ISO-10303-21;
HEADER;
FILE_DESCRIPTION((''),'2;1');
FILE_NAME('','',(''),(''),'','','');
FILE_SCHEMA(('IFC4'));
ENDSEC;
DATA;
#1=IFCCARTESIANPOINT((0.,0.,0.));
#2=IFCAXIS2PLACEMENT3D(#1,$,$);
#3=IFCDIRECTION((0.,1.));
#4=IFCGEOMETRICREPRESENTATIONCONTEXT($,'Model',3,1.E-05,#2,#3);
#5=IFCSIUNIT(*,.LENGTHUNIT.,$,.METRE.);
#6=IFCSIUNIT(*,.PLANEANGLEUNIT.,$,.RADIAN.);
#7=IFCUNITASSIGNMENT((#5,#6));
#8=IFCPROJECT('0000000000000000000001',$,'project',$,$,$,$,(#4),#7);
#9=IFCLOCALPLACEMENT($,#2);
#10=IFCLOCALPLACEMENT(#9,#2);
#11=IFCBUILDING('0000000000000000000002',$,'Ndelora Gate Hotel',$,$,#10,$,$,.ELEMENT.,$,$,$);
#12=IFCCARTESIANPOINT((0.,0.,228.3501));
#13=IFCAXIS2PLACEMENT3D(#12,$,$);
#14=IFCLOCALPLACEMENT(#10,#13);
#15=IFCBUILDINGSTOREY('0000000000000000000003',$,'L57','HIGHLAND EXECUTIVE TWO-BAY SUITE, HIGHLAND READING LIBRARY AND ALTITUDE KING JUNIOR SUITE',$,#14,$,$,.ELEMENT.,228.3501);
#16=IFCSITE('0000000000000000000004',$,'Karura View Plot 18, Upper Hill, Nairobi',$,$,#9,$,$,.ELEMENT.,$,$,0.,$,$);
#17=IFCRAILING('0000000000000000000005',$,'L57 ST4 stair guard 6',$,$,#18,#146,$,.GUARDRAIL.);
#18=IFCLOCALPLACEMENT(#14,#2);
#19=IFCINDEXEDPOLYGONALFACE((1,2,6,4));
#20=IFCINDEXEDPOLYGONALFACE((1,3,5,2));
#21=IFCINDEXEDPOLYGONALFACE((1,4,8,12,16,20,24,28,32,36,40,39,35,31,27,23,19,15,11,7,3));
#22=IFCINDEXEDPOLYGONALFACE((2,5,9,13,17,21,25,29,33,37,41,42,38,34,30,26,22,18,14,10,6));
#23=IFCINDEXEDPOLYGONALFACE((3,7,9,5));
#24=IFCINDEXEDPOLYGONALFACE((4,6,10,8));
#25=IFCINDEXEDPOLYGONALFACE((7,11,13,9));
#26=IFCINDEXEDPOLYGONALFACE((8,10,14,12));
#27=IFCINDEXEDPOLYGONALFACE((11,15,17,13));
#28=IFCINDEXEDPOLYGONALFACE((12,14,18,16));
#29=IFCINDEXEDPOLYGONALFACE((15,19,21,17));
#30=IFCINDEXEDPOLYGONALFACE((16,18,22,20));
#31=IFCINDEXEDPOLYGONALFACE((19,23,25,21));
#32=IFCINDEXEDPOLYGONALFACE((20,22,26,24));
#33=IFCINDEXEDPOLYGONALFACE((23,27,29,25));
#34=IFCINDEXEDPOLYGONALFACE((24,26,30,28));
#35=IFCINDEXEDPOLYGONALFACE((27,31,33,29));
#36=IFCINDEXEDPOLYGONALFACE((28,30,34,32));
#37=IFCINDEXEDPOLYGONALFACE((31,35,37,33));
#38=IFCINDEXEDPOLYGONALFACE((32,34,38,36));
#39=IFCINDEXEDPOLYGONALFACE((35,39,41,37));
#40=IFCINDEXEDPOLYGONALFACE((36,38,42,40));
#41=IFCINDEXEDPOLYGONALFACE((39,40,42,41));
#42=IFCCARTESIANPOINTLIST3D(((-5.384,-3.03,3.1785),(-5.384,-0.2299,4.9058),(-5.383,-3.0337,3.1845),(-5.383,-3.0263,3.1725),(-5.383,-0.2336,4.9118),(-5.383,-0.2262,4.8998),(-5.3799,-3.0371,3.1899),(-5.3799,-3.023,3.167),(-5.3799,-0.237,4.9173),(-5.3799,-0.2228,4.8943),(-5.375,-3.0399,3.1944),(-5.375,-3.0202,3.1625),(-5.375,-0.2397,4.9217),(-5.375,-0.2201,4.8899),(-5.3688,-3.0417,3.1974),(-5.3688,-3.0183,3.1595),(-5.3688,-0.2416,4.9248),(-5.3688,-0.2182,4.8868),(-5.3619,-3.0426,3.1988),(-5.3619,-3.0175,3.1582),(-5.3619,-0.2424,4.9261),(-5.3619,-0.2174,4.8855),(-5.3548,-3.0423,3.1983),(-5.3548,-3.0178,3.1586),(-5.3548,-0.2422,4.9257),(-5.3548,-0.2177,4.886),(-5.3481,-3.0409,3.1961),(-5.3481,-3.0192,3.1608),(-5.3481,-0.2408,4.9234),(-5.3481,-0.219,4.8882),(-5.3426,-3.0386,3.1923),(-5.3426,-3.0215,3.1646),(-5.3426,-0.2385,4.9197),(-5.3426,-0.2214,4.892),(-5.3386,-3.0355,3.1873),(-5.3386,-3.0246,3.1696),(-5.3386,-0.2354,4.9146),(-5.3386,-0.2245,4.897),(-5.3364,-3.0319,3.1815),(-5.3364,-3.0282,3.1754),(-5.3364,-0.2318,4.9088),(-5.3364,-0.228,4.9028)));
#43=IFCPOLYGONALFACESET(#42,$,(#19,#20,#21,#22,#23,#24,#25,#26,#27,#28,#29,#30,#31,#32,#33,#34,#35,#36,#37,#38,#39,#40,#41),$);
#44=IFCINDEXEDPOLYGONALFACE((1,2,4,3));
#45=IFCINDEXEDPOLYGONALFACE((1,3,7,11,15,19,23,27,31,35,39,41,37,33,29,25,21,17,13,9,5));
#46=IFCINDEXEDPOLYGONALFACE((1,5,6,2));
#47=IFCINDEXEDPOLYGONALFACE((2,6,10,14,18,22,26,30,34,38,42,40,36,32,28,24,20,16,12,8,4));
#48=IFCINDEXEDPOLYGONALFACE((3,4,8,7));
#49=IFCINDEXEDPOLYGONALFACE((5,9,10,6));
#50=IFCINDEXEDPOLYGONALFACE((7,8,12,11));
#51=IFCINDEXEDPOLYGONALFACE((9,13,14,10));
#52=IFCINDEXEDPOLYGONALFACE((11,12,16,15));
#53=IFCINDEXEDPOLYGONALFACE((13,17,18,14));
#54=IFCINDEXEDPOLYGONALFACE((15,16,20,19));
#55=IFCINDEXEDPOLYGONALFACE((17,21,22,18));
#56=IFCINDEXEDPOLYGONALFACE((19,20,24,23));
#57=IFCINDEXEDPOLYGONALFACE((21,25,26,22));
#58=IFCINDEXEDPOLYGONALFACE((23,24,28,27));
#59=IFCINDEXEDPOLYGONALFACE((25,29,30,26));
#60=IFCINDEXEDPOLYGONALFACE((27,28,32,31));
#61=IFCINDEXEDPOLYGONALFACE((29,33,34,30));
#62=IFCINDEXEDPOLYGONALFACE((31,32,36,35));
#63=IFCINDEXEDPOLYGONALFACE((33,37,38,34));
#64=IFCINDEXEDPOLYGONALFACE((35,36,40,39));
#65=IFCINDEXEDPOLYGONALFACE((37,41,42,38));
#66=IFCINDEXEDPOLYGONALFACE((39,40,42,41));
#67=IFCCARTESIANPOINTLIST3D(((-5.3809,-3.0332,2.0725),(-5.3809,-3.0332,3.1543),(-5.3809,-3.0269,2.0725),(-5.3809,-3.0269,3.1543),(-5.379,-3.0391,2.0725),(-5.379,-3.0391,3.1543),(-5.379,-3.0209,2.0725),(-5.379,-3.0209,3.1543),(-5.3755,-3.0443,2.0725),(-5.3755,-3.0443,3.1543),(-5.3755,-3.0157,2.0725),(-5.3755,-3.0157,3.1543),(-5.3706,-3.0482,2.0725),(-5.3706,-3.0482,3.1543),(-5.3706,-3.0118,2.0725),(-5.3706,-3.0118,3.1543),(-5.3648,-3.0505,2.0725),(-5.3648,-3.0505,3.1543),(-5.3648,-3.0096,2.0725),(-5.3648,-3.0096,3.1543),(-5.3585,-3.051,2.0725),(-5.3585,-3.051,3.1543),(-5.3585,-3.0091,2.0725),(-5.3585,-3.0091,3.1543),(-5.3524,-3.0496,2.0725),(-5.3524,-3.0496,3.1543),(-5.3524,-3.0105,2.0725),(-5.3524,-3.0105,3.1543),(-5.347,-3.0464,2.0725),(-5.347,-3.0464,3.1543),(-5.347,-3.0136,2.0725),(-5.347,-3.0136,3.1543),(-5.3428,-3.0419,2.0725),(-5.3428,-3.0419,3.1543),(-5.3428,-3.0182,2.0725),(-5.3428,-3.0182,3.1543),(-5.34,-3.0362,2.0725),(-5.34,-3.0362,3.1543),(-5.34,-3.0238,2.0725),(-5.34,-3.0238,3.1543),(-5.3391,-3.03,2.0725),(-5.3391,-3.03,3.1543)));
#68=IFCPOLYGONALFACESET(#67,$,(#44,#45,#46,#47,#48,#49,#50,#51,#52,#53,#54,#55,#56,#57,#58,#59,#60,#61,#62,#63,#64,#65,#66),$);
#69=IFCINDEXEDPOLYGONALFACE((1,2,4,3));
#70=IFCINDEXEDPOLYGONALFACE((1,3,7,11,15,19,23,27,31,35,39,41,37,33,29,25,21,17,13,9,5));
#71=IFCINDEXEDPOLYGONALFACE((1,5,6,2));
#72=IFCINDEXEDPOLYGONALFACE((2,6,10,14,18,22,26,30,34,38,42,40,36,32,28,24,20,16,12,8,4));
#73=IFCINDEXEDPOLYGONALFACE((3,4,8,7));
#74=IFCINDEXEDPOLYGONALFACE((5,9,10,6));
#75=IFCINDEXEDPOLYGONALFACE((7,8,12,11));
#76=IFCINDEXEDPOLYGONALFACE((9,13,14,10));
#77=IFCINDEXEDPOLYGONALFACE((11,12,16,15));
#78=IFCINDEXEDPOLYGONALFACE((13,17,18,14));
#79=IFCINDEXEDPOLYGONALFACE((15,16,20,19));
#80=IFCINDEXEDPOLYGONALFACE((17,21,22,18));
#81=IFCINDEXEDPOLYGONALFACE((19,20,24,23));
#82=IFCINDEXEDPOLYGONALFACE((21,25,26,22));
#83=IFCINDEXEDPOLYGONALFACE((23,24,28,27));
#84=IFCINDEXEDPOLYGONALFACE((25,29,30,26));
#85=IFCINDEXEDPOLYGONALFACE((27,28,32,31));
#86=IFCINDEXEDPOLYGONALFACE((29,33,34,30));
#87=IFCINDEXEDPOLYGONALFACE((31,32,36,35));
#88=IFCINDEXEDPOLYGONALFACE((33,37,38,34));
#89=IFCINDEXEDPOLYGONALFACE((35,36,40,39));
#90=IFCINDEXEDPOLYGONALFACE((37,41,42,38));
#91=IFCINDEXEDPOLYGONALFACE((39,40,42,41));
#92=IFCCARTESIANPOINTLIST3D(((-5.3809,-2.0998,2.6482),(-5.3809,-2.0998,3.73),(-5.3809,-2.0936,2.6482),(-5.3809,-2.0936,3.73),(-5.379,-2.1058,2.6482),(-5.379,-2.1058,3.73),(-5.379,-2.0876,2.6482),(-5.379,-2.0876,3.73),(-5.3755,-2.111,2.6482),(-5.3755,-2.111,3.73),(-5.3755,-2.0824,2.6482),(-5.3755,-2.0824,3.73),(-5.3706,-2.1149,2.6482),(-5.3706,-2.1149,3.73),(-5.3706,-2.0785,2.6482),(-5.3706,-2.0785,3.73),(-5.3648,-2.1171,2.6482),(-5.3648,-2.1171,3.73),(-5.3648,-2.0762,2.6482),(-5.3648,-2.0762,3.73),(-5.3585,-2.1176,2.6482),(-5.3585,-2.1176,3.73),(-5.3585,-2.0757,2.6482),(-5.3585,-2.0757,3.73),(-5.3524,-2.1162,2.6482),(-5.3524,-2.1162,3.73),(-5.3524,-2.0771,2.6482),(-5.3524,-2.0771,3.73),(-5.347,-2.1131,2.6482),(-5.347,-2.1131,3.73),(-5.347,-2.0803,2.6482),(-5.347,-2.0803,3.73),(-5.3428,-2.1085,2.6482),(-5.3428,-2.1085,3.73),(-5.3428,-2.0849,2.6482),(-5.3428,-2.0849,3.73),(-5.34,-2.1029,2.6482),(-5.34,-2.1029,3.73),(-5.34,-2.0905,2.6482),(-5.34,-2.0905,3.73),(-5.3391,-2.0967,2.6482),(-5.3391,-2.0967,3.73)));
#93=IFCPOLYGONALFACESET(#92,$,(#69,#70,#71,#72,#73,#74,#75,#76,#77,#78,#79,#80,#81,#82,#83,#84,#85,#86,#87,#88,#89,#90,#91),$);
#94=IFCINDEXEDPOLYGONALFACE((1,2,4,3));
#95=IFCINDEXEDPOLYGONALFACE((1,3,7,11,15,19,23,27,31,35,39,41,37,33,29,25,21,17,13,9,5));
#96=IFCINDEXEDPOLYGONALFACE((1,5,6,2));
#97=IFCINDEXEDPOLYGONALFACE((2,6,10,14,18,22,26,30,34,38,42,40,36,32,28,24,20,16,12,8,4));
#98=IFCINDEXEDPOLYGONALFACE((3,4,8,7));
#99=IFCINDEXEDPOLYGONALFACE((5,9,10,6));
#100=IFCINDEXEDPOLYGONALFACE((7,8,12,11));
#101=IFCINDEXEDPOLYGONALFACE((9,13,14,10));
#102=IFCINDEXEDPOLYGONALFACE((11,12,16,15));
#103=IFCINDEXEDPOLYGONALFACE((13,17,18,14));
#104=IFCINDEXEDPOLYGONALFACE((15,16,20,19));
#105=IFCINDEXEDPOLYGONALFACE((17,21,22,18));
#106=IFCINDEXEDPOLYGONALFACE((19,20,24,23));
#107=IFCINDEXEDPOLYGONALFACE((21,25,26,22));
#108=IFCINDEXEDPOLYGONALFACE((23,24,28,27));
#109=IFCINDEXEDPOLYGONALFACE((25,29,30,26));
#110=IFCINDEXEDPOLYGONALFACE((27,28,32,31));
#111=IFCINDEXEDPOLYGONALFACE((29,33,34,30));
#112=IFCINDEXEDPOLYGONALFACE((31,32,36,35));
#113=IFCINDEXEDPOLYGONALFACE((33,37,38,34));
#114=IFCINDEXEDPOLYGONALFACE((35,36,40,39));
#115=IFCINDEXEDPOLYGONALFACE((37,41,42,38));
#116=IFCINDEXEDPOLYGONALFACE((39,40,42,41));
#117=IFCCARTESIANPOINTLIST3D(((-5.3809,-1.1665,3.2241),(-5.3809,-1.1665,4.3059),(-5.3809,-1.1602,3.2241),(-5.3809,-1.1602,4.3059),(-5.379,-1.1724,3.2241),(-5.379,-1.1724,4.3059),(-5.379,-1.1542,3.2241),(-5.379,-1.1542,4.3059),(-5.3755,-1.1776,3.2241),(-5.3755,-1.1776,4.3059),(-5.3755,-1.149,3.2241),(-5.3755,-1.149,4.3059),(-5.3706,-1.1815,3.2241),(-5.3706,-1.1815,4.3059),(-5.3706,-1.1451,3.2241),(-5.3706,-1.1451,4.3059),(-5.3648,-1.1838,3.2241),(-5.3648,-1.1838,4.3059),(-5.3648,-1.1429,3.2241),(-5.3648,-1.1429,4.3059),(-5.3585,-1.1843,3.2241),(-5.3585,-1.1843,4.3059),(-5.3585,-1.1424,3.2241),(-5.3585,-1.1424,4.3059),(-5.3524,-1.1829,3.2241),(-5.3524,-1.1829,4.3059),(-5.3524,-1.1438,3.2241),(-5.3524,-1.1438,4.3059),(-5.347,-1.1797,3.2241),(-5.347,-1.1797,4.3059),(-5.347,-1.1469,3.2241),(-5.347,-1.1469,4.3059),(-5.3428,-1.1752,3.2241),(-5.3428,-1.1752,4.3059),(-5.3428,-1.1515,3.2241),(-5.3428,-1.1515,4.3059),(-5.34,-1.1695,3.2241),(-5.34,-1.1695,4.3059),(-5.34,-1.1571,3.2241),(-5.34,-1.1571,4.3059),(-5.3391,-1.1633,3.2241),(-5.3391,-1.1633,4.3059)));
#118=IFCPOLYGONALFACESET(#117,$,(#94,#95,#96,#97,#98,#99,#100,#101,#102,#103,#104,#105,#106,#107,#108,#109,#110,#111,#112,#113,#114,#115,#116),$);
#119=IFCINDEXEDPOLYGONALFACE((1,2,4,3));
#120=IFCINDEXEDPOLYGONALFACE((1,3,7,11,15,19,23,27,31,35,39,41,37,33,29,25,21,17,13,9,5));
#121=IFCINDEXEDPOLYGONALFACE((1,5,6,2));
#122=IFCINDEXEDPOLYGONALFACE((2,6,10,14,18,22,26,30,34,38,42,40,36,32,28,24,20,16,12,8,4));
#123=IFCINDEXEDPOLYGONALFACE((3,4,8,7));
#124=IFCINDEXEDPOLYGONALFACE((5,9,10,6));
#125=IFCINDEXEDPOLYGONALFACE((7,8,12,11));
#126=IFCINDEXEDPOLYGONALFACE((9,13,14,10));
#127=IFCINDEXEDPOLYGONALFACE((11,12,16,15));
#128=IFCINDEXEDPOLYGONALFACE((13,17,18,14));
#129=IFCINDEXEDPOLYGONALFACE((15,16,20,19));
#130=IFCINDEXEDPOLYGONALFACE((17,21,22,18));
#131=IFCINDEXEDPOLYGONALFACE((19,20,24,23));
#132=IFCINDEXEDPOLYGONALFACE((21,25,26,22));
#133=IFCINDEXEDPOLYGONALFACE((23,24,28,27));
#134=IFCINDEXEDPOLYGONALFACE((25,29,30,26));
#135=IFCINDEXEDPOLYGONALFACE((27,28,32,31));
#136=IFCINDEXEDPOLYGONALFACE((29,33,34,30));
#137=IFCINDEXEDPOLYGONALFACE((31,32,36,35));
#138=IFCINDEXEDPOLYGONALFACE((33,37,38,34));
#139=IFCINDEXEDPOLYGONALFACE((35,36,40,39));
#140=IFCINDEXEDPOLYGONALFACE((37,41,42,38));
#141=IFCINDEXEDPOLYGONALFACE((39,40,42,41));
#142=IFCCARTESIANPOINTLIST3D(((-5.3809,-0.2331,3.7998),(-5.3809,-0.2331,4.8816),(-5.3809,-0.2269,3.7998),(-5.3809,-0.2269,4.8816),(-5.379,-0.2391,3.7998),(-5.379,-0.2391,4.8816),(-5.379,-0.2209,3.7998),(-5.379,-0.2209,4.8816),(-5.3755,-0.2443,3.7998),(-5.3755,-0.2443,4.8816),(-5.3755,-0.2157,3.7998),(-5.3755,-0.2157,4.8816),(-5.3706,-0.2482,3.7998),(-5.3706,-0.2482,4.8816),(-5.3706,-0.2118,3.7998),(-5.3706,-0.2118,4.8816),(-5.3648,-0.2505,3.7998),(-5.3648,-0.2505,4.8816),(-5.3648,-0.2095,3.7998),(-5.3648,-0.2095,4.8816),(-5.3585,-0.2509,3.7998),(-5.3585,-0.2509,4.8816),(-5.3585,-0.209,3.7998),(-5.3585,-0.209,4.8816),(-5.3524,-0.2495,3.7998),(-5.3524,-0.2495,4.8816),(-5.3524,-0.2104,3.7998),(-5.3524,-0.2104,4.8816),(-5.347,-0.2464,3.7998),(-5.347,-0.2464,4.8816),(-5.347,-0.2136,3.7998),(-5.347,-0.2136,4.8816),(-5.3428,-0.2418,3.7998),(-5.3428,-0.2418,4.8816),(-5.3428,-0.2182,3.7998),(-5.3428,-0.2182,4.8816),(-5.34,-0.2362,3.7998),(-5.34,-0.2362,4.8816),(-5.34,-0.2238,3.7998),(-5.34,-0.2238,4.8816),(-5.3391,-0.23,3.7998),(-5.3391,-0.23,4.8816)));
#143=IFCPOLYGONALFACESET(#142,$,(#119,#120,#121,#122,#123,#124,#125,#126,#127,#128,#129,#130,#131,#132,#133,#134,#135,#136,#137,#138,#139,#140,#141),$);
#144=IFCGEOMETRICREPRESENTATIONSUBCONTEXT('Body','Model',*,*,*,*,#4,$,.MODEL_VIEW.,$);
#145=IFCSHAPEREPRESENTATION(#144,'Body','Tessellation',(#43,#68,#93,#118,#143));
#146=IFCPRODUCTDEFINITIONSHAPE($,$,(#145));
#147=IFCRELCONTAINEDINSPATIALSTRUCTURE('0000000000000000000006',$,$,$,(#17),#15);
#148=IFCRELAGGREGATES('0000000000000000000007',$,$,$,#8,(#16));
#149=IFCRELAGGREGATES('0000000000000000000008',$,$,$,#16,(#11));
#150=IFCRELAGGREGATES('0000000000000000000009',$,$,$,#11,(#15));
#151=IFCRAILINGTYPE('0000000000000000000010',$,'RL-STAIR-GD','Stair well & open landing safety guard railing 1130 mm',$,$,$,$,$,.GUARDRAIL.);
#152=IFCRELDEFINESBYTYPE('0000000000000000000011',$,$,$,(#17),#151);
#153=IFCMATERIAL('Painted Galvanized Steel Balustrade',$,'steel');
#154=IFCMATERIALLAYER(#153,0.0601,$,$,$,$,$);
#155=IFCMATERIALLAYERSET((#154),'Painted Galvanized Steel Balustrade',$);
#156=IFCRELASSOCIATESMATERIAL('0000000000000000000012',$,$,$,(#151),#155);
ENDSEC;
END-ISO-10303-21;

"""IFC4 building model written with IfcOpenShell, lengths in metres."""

from ifc_helpers import new_model, si_unit, direction, frame, origin, origin_2d, place, context, subcontext, project, spatial, circle, extrude, material, layer, layer_set, type_object, element, save


model = new_model("IFC4")

# Units and contexts
model_context = context("Model", 3, precision=1e-05, world=origin(), true_north=direction((0.0, 1.0)))
body_context = subcontext(model_context, "Body", "Model", "MODEL_VIEW")
ifc_project = project(units=[si_unit("LENGTHUNIT", "METRE"), si_unit("PLANEANGLEUNIT", "RADIAN")], contexts=[model_context])

# Site, building, storey
site_placement = place(None, origin())
site = spatial("IfcSite", under=ifc_project, at=site_placement, Name="Karura View Plot 18, Upper Hill, Nairobi", CompositionType="ELEMENT", RefElevation=0.0)
building_placement = place(site_placement, origin())
building = spatial("IfcBuilding", under=site, at=building_placement, Name="Ndelora Gate Hotel", CompositionType="ELEMENT")
storey_placement = place(building_placement, frame((0.0, 0.0, 228.3501)))
storey = spatial("IfcBuildingStorey", under=building, at=storey_placement, Name="L57", Description="HIGHLAND EXECUTIVE TWO-BAY SUITE, HIGHLAND READING LIBRARY AND ALTITUDE KING JUNIOR SUITE", CompositionType="ELEMENT", Elevation=228.3501)

# Railing
ifc_material_1 = material(Name="Painted Galvanized Steel Balustrade", Category="steel")
ifc_layer_1 = layer(ifc_material_1, 0.0601)
ifc_layer_set_1 = layer_set([ifc_layer_1], Name="Painted Galvanized Steel Balustrade")
railing_type = type_object("IfcRailingType", Name="RL-STAIR-GD", Description="Stair well & open landing safety guard railing 1130 mm", PredefinedType="GUARDRAIL", material=ifc_layer_set_1)
railing_1_placement = place(storey_placement, frame((-5.3601, -3.03, 2.0725)))
element("IfcRailing", 1, at=railing_1_placement, inside=storey, type_object=railing_type, Name="L57 ST4 stair guard 6", PredefinedType="GUARDRAIL", context=body_context, shape_type="SweptSolid", body=[
    extrude(circle(Radius=0.0239, at=origin_2d()), frame((0.0, 0.0, 1.106), z_axis=(0.0, 0.85109, 0.52502), x_axis=(-1.0, 0.0, 0.0)), (0.0, 0.0, 1.0), 3.29),
    extrude(circle(Radius=0.021, at=origin_2d()), origin(), (0.0, 0.0, 1.0), 1.0818),
    extrude(circle(Radius=0.021, at=origin_2d()), frame((0.0, 0.9333, 0.5757)), (0.0, 0.0, 1.0), 1.0818),
    extrude(circle(Radius=0.021, at=origin_2d()), frame((0.0, 1.8667, 1.1516)), (0.0, 0.0, 1.0), 1.0818),
    extrude(circle(Radius=0.021, at=origin_2d()), frame((0.0, 2.8, 1.7273)), (0.0, 0.0, 1.0), 1.0818),
])

save(model, "model.ifc")
